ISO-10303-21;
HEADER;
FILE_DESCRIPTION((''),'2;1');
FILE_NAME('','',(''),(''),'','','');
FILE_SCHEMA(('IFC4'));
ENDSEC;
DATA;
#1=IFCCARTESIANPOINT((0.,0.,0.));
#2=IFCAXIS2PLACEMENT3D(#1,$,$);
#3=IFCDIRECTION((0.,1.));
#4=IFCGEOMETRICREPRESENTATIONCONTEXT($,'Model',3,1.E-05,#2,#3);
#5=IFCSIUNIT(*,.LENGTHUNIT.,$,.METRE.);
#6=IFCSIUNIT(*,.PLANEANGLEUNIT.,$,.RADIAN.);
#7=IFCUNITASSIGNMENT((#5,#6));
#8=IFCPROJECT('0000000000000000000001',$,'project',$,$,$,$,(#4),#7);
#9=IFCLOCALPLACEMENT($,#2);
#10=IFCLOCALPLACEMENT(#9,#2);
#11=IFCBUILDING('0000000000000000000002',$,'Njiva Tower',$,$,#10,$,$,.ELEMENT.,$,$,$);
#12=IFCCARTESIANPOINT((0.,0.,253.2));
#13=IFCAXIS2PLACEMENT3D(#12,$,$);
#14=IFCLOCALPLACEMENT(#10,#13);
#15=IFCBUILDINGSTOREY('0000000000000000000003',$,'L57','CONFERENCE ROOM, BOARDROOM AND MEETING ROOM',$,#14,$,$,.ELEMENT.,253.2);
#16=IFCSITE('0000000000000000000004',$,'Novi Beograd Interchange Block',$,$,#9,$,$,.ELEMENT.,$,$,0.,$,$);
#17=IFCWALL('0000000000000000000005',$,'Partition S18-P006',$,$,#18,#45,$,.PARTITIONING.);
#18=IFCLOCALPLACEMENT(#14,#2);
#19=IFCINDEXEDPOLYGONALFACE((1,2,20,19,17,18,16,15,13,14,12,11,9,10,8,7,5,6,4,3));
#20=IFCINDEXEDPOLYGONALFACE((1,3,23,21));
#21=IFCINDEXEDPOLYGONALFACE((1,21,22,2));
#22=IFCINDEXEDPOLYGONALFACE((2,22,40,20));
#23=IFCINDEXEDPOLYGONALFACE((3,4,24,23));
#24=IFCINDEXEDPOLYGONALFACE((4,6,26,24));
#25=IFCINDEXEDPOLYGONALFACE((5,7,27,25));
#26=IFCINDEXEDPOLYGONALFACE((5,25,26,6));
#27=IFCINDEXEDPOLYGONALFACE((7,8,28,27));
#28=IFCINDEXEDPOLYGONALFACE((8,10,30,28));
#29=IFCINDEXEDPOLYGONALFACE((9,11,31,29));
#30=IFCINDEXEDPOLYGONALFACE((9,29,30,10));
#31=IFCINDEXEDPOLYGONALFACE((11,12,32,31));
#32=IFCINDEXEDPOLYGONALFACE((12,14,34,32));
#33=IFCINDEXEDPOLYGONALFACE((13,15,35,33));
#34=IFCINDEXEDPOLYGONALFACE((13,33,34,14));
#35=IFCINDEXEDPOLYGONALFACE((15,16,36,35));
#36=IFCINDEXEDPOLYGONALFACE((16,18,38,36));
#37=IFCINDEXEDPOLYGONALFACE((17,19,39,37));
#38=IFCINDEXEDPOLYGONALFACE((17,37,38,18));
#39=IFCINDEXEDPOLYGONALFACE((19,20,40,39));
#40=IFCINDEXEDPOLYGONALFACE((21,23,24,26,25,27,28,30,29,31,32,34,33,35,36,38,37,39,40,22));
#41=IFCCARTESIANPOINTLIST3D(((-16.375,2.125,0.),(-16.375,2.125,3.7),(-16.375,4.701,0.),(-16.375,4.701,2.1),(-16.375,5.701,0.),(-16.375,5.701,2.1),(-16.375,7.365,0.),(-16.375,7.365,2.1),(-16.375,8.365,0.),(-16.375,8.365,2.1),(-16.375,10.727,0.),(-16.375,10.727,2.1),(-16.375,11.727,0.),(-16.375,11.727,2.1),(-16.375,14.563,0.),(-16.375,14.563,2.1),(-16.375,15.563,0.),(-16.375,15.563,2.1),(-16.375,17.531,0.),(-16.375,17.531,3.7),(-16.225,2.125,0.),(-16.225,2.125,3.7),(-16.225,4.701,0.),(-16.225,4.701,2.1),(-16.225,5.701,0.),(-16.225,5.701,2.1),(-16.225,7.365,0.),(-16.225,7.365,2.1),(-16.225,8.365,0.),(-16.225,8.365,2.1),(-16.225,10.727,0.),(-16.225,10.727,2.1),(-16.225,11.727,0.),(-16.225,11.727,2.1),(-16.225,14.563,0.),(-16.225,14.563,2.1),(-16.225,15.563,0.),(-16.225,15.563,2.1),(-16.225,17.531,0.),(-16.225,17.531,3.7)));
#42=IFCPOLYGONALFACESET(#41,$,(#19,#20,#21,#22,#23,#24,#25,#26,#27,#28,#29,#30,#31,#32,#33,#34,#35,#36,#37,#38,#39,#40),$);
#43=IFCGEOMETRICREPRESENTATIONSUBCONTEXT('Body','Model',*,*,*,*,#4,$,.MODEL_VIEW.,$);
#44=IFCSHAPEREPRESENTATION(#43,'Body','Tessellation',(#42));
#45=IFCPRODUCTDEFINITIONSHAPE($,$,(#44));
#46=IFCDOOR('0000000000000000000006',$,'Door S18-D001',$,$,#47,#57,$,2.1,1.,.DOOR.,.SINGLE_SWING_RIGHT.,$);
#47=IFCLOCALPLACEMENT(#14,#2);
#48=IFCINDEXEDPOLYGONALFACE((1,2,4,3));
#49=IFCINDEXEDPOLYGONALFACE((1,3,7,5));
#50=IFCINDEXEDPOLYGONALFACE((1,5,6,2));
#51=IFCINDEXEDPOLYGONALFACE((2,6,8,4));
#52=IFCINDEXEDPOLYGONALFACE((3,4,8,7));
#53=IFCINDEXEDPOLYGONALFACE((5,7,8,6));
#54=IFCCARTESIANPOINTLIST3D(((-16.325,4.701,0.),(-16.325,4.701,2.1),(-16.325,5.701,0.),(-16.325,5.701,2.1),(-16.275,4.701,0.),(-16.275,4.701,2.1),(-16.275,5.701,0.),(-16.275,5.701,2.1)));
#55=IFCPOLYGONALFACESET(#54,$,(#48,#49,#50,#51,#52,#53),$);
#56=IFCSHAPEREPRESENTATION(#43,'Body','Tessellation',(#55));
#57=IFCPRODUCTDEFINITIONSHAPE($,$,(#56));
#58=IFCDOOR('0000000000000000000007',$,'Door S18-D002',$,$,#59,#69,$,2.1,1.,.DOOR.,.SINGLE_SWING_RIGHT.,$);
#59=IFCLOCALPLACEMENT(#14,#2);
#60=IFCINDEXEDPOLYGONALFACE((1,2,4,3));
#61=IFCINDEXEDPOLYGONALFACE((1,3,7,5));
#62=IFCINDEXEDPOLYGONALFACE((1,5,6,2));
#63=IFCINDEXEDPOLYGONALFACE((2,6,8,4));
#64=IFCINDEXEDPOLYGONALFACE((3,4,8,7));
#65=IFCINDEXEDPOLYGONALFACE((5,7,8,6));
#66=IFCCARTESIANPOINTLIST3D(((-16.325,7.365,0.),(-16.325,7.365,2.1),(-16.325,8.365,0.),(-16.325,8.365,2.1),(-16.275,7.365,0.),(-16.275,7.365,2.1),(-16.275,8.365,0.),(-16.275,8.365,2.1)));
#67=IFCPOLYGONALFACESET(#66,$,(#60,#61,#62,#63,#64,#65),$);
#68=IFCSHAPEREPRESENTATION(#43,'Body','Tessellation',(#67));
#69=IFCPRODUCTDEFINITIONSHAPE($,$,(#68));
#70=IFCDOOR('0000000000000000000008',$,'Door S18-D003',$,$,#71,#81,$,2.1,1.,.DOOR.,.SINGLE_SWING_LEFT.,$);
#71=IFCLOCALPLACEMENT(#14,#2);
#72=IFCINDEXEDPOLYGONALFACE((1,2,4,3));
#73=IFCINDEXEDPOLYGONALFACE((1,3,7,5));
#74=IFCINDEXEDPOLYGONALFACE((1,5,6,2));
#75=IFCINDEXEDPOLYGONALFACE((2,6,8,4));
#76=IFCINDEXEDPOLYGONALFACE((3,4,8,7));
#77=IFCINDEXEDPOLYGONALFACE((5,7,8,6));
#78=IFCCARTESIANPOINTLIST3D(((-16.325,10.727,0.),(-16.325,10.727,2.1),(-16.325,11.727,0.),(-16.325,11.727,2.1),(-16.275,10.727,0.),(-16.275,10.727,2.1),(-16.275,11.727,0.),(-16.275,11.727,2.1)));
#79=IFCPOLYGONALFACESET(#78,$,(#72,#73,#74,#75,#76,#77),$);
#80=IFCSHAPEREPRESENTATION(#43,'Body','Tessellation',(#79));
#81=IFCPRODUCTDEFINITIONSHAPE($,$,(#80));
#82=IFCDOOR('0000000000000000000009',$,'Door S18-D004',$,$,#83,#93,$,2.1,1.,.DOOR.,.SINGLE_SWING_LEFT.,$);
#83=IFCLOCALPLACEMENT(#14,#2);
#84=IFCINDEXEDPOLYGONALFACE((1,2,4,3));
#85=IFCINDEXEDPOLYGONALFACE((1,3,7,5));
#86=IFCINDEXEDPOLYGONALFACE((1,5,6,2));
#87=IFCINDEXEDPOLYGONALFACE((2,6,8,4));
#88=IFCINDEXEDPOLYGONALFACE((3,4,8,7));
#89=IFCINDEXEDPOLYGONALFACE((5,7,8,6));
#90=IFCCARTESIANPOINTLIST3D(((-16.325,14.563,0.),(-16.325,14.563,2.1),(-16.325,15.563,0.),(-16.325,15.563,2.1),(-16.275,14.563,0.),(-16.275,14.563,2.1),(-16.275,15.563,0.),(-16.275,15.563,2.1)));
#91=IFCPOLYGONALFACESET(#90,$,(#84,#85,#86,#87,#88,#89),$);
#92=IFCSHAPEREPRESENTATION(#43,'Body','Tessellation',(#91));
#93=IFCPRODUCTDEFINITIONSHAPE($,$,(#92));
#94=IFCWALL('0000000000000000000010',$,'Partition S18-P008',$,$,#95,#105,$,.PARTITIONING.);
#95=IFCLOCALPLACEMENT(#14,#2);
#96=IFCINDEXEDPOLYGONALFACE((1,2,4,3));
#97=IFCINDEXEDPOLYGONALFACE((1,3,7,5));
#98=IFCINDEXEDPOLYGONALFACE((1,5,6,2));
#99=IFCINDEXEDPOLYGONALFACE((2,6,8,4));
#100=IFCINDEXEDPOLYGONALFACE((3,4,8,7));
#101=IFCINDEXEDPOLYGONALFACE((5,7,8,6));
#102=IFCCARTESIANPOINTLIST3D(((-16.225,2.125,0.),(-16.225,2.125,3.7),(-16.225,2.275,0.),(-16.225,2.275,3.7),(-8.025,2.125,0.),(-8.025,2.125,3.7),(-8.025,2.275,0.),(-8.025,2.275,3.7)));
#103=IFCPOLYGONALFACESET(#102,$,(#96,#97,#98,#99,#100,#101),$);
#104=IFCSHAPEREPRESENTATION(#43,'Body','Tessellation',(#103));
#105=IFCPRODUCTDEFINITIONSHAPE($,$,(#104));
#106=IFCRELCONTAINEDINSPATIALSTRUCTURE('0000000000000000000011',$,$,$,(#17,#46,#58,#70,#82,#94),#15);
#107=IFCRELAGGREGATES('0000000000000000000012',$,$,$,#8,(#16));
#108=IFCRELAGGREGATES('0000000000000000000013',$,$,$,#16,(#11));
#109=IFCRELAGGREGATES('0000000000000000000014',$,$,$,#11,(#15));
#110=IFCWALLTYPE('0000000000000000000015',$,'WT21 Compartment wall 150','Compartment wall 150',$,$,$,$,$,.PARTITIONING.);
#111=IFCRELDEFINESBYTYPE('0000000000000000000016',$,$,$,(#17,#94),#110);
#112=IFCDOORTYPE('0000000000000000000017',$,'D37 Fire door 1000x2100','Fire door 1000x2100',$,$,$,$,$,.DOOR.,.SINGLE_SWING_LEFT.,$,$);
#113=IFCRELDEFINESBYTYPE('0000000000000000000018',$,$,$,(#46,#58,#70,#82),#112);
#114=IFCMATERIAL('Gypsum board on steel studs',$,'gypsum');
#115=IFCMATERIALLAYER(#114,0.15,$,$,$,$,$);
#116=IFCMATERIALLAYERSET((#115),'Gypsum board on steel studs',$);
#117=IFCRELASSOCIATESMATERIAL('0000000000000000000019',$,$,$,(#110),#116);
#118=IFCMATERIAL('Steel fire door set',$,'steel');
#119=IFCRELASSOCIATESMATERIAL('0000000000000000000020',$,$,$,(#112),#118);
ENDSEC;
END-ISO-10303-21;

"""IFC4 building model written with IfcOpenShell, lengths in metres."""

from ifc_helpers import new_model, si_unit, direction, frame, frame_2d, origin, place, context, subcontext, project, spatial, rectangle, extrude, material, layer, layer_set, type_object, element, fill, save


model = new_model("IFC4")

# Units and contexts
model_context = context("Model", 3, precision=1e-05, world=origin(), true_north=direction((0.0, 1.0)))
body_context = subcontext(model_context, "Body", "Model", "MODEL_VIEW")
ifc_project = project(units=[si_unit("LENGTHUNIT", "METRE"), si_unit("PLANEANGLEUNIT", "RADIAN")], contexts=[model_context])

# Site, building, storey
site_placement = place(None, origin())
site = spatial("IfcSite", under=ifc_project, at=site_placement, Name="Novi Beograd Interchange Block", CompositionType="ELEMENT", RefElevation=0.0)
building_placement = place(site_placement, origin())
building = spatial("IfcBuilding", under=site, at=building_placement, Name="Njiva Tower", CompositionType="ELEMENT")
storey_placement = place(building_placement, frame((0.0, 0.0, 253.2)))
storey = spatial("IfcBuildingStorey", under=building, at=storey_placement, Name="L57", Description="CONFERENCE ROOM, BOARDROOM AND MEETING ROOM", CompositionType="ELEMENT", Elevation=253.2)

# Shared definitions
ifc_material_1 = material(Name="Gypsum board on steel studs", Category="gypsum")
ifc_layer_1 = layer(ifc_material_1, 0.15)
ifc_layer_set_1 = layer_set([ifc_layer_1], Name="Gypsum board on steel studs")
wall_type_1 = type_object("IfcWallType", Name="WT21 Compartment wall 150", Description="Compartment wall 150", PredefinedType="PARTITIONING", material=ifc_layer_set_1)

# Wall, openings, doors
wall_1_placement = place(storey_placement, frame((-16.3, 2.125, 0.0), z_axis=(0.0, 0.0, 1.0), x_axis=(0.0, 1.0, 0.0)))
wall_1 = element("IfcWall", 1, at=wall_1_placement, inside=storey, type_object=wall_type_1, Name="Partition S18-P006", PredefinedType="PARTITIONING", context=body_context, shape_type="SweptSolid", body=[
    extrude(rectangle(XDim=15.406, YDim=0.15, at=frame_2d((7.703, 0.0))), origin(), (0.0, 0.0, 1.0), 3.7),
])
opening_1_placement = place(wall_1_placement, frame((2.576, 0.0, 0.0)))
opening_1 = element("IfcOpeningElement", 2, at=opening_1_placement, cuts=wall_1, PredefinedType="OPENING", context=body_context, shape_type="SweptSolid", body=[
    extrude(rectangle(XDim=1.0, YDim=2.1, at=frame_2d((0.5, 1.05))), frame((0.0, 0.085, 0.0), z_axis=(0.0, -1.0, 0.0), x_axis=(1.0, 0.0, 0.0)), (0.0, 0.0, 1.0), 0.17),
])
opening_2_placement = place(wall_1_placement, frame((5.24, 0.0, 0.0)))
opening_2 = element("IfcOpeningElement", 3, at=opening_2_placement, cuts=wall_1, PredefinedType="OPENING", context=body_context, shape_type="SweptSolid", body=[
    extrude(rectangle(XDim=1.0, YDim=2.1, at=frame_2d((0.5, 1.05))), frame((0.0, 0.085, 0.0), z_axis=(0.0, -1.0, 0.0), x_axis=(1.0, 0.0, 0.0)), (0.0, 0.0, 1.0), 0.17),
])
opening_3_placement = place(wall_1_placement, frame((8.602, 0.0, 0.0)))
opening_3 = element("IfcOpeningElement", 4, at=opening_3_placement, cuts=wall_1, PredefinedType="OPENING", context=body_context, shape_type="SweptSolid", body=[
    extrude(rectangle(XDim=1.0, YDim=2.1, at=frame_2d((0.5, 1.05))), frame((0.0, 0.085, 0.0), z_axis=(0.0, -1.0, 0.0), x_axis=(1.0, 0.0, 0.0)), (0.0, 0.0, 1.0), 0.17),
])
opening_4_placement = place(wall_1_placement, frame((12.438, 0.0, 0.0)))
opening_4 = element("IfcOpeningElement", 5, at=opening_4_placement, cuts=wall_1, PredefinedType="OPENING", context=body_context, shape_type="SweptSolid", body=[
    extrude(rectangle(XDim=1.0, YDim=2.1, at=frame_2d((0.5, 1.05))), frame((0.0, 0.085, 0.0), z_axis=(0.0, -1.0, 0.0), x_axis=(1.0, 0.0, 0.0)), (0.0, 0.0, 1.0), 0.17),
])
ifc_material_2 = material(Name="Steel fire door set", Category="steel")
door_type_1 = type_object("IfcDoorType", Name="D37 Fire door 1000x2100", Description="Fire door 1000x2100", OperationType="SINGLE_SWING_LEFT", PredefinedType="DOOR", material=ifc_material_2)
door_1_placement = place(opening_1_placement, origin())
door_1 = element("IfcDoor", 6, at=door_1_placement, inside=storey, type_object=door_type_1, Name="Door S18-D001", OperationType="SINGLE_SWING_RIGHT", OverallHeight=2.1, OverallWidth=1.0, PredefinedType="DOOR", context=body_context, shape_type="SweptSolid", body=[
    extrude(rectangle(XDim=1.0, YDim=2.1, at=frame_2d((0.5, 1.05))), frame((0.0, 0.025, 0.0), z_axis=(0.0, -1.0, 0.0), x_axis=(1.0, 0.0, 0.0)), (0.0, 0.0, 1.0), 0.05),
])
fill(opening_1, door_1)
door_2_placement = place(opening_2_placement, origin())
door_2 = element("IfcDoor", 7, at=door_2_placement, inside=storey, type_object=door_type_1, Name="Door S18-D002", OperationType="SINGLE_SWING_RIGHT", OverallHeight=2.1, OverallWidth=1.0, PredefinedType="DOOR", context=body_context, shape_type="SweptSolid", body=[
    extrude(rectangle(XDim=1.0, YDim=2.1, at=frame_2d((0.5, 1.05))), frame((0.0, 0.025, 0.0), z_axis=(0.0, -1.0, 0.0), x_axis=(1.0, 0.0, 0.0)), (0.0, 0.0, 1.0), 0.05),
])
fill(opening_2, door_2)
door_3_placement = place(opening_3_placement, origin())
door_3 = element("IfcDoor", 8, at=door_3_placement, inside=storey, type_object=door_type_1, Name="Door S18-D003", OperationType="SINGLE_SWING_LEFT", OverallHeight=2.1, OverallWidth=1.0, PredefinedType="DOOR", context=body_context, shape_type="SweptSolid", body=[
    extrude(rectangle(XDim=1.0, YDim=2.1, at=frame_2d((0.5, 1.05))), frame((0.0, 0.025, 0.0), z_axis=(0.0, -1.0, 0.0), x_axis=(1.0, 0.0, 0.0)), (0.0, 0.0, 1.0), 0.05),
])
fill(opening_3, door_3)
door_4_placement = place(opening_4_placement, origin())
door_4 = element("IfcDoor", 9, at=door_4_placement, inside=storey, type_object=door_type_1, Name="Door S18-D004", OperationType="SINGLE_SWING_LEFT", OverallHeight=2.1, OverallWidth=1.0, PredefinedType="DOOR", context=body_context, shape_type="SweptSolid", body=[
    extrude(rectangle(XDim=1.0, YDim=2.1, at=frame_2d((0.5, 1.05))), frame((0.0, 0.025, 0.0), z_axis=(0.0, -1.0, 0.0), x_axis=(1.0, 0.0, 0.0)), (0.0, 0.0, 1.0), 0.05),
])
fill(opening_4, door_4)

# Wall
wall_2_placement = place(storey_placement, frame((-16.225, 2.2, 0.0), z_axis=(0.0, 0.0, 1.0), x_axis=(1.0, 0.0, 0.0)))
element("IfcWall", 10, at=wall_2_placement, inside=storey, type_object=wall_type_1, Name="Partition S18-P008", PredefinedType="PARTITIONING", context=body_context, shape_type="SweptSolid", body=[
    extrude(rectangle(XDim=8.2, YDim=0.15, at=frame_2d((4.1, 0.0))), origin(), (0.0, 0.0, 1.0), 3.7),
])

save(model, "model.ifc")
